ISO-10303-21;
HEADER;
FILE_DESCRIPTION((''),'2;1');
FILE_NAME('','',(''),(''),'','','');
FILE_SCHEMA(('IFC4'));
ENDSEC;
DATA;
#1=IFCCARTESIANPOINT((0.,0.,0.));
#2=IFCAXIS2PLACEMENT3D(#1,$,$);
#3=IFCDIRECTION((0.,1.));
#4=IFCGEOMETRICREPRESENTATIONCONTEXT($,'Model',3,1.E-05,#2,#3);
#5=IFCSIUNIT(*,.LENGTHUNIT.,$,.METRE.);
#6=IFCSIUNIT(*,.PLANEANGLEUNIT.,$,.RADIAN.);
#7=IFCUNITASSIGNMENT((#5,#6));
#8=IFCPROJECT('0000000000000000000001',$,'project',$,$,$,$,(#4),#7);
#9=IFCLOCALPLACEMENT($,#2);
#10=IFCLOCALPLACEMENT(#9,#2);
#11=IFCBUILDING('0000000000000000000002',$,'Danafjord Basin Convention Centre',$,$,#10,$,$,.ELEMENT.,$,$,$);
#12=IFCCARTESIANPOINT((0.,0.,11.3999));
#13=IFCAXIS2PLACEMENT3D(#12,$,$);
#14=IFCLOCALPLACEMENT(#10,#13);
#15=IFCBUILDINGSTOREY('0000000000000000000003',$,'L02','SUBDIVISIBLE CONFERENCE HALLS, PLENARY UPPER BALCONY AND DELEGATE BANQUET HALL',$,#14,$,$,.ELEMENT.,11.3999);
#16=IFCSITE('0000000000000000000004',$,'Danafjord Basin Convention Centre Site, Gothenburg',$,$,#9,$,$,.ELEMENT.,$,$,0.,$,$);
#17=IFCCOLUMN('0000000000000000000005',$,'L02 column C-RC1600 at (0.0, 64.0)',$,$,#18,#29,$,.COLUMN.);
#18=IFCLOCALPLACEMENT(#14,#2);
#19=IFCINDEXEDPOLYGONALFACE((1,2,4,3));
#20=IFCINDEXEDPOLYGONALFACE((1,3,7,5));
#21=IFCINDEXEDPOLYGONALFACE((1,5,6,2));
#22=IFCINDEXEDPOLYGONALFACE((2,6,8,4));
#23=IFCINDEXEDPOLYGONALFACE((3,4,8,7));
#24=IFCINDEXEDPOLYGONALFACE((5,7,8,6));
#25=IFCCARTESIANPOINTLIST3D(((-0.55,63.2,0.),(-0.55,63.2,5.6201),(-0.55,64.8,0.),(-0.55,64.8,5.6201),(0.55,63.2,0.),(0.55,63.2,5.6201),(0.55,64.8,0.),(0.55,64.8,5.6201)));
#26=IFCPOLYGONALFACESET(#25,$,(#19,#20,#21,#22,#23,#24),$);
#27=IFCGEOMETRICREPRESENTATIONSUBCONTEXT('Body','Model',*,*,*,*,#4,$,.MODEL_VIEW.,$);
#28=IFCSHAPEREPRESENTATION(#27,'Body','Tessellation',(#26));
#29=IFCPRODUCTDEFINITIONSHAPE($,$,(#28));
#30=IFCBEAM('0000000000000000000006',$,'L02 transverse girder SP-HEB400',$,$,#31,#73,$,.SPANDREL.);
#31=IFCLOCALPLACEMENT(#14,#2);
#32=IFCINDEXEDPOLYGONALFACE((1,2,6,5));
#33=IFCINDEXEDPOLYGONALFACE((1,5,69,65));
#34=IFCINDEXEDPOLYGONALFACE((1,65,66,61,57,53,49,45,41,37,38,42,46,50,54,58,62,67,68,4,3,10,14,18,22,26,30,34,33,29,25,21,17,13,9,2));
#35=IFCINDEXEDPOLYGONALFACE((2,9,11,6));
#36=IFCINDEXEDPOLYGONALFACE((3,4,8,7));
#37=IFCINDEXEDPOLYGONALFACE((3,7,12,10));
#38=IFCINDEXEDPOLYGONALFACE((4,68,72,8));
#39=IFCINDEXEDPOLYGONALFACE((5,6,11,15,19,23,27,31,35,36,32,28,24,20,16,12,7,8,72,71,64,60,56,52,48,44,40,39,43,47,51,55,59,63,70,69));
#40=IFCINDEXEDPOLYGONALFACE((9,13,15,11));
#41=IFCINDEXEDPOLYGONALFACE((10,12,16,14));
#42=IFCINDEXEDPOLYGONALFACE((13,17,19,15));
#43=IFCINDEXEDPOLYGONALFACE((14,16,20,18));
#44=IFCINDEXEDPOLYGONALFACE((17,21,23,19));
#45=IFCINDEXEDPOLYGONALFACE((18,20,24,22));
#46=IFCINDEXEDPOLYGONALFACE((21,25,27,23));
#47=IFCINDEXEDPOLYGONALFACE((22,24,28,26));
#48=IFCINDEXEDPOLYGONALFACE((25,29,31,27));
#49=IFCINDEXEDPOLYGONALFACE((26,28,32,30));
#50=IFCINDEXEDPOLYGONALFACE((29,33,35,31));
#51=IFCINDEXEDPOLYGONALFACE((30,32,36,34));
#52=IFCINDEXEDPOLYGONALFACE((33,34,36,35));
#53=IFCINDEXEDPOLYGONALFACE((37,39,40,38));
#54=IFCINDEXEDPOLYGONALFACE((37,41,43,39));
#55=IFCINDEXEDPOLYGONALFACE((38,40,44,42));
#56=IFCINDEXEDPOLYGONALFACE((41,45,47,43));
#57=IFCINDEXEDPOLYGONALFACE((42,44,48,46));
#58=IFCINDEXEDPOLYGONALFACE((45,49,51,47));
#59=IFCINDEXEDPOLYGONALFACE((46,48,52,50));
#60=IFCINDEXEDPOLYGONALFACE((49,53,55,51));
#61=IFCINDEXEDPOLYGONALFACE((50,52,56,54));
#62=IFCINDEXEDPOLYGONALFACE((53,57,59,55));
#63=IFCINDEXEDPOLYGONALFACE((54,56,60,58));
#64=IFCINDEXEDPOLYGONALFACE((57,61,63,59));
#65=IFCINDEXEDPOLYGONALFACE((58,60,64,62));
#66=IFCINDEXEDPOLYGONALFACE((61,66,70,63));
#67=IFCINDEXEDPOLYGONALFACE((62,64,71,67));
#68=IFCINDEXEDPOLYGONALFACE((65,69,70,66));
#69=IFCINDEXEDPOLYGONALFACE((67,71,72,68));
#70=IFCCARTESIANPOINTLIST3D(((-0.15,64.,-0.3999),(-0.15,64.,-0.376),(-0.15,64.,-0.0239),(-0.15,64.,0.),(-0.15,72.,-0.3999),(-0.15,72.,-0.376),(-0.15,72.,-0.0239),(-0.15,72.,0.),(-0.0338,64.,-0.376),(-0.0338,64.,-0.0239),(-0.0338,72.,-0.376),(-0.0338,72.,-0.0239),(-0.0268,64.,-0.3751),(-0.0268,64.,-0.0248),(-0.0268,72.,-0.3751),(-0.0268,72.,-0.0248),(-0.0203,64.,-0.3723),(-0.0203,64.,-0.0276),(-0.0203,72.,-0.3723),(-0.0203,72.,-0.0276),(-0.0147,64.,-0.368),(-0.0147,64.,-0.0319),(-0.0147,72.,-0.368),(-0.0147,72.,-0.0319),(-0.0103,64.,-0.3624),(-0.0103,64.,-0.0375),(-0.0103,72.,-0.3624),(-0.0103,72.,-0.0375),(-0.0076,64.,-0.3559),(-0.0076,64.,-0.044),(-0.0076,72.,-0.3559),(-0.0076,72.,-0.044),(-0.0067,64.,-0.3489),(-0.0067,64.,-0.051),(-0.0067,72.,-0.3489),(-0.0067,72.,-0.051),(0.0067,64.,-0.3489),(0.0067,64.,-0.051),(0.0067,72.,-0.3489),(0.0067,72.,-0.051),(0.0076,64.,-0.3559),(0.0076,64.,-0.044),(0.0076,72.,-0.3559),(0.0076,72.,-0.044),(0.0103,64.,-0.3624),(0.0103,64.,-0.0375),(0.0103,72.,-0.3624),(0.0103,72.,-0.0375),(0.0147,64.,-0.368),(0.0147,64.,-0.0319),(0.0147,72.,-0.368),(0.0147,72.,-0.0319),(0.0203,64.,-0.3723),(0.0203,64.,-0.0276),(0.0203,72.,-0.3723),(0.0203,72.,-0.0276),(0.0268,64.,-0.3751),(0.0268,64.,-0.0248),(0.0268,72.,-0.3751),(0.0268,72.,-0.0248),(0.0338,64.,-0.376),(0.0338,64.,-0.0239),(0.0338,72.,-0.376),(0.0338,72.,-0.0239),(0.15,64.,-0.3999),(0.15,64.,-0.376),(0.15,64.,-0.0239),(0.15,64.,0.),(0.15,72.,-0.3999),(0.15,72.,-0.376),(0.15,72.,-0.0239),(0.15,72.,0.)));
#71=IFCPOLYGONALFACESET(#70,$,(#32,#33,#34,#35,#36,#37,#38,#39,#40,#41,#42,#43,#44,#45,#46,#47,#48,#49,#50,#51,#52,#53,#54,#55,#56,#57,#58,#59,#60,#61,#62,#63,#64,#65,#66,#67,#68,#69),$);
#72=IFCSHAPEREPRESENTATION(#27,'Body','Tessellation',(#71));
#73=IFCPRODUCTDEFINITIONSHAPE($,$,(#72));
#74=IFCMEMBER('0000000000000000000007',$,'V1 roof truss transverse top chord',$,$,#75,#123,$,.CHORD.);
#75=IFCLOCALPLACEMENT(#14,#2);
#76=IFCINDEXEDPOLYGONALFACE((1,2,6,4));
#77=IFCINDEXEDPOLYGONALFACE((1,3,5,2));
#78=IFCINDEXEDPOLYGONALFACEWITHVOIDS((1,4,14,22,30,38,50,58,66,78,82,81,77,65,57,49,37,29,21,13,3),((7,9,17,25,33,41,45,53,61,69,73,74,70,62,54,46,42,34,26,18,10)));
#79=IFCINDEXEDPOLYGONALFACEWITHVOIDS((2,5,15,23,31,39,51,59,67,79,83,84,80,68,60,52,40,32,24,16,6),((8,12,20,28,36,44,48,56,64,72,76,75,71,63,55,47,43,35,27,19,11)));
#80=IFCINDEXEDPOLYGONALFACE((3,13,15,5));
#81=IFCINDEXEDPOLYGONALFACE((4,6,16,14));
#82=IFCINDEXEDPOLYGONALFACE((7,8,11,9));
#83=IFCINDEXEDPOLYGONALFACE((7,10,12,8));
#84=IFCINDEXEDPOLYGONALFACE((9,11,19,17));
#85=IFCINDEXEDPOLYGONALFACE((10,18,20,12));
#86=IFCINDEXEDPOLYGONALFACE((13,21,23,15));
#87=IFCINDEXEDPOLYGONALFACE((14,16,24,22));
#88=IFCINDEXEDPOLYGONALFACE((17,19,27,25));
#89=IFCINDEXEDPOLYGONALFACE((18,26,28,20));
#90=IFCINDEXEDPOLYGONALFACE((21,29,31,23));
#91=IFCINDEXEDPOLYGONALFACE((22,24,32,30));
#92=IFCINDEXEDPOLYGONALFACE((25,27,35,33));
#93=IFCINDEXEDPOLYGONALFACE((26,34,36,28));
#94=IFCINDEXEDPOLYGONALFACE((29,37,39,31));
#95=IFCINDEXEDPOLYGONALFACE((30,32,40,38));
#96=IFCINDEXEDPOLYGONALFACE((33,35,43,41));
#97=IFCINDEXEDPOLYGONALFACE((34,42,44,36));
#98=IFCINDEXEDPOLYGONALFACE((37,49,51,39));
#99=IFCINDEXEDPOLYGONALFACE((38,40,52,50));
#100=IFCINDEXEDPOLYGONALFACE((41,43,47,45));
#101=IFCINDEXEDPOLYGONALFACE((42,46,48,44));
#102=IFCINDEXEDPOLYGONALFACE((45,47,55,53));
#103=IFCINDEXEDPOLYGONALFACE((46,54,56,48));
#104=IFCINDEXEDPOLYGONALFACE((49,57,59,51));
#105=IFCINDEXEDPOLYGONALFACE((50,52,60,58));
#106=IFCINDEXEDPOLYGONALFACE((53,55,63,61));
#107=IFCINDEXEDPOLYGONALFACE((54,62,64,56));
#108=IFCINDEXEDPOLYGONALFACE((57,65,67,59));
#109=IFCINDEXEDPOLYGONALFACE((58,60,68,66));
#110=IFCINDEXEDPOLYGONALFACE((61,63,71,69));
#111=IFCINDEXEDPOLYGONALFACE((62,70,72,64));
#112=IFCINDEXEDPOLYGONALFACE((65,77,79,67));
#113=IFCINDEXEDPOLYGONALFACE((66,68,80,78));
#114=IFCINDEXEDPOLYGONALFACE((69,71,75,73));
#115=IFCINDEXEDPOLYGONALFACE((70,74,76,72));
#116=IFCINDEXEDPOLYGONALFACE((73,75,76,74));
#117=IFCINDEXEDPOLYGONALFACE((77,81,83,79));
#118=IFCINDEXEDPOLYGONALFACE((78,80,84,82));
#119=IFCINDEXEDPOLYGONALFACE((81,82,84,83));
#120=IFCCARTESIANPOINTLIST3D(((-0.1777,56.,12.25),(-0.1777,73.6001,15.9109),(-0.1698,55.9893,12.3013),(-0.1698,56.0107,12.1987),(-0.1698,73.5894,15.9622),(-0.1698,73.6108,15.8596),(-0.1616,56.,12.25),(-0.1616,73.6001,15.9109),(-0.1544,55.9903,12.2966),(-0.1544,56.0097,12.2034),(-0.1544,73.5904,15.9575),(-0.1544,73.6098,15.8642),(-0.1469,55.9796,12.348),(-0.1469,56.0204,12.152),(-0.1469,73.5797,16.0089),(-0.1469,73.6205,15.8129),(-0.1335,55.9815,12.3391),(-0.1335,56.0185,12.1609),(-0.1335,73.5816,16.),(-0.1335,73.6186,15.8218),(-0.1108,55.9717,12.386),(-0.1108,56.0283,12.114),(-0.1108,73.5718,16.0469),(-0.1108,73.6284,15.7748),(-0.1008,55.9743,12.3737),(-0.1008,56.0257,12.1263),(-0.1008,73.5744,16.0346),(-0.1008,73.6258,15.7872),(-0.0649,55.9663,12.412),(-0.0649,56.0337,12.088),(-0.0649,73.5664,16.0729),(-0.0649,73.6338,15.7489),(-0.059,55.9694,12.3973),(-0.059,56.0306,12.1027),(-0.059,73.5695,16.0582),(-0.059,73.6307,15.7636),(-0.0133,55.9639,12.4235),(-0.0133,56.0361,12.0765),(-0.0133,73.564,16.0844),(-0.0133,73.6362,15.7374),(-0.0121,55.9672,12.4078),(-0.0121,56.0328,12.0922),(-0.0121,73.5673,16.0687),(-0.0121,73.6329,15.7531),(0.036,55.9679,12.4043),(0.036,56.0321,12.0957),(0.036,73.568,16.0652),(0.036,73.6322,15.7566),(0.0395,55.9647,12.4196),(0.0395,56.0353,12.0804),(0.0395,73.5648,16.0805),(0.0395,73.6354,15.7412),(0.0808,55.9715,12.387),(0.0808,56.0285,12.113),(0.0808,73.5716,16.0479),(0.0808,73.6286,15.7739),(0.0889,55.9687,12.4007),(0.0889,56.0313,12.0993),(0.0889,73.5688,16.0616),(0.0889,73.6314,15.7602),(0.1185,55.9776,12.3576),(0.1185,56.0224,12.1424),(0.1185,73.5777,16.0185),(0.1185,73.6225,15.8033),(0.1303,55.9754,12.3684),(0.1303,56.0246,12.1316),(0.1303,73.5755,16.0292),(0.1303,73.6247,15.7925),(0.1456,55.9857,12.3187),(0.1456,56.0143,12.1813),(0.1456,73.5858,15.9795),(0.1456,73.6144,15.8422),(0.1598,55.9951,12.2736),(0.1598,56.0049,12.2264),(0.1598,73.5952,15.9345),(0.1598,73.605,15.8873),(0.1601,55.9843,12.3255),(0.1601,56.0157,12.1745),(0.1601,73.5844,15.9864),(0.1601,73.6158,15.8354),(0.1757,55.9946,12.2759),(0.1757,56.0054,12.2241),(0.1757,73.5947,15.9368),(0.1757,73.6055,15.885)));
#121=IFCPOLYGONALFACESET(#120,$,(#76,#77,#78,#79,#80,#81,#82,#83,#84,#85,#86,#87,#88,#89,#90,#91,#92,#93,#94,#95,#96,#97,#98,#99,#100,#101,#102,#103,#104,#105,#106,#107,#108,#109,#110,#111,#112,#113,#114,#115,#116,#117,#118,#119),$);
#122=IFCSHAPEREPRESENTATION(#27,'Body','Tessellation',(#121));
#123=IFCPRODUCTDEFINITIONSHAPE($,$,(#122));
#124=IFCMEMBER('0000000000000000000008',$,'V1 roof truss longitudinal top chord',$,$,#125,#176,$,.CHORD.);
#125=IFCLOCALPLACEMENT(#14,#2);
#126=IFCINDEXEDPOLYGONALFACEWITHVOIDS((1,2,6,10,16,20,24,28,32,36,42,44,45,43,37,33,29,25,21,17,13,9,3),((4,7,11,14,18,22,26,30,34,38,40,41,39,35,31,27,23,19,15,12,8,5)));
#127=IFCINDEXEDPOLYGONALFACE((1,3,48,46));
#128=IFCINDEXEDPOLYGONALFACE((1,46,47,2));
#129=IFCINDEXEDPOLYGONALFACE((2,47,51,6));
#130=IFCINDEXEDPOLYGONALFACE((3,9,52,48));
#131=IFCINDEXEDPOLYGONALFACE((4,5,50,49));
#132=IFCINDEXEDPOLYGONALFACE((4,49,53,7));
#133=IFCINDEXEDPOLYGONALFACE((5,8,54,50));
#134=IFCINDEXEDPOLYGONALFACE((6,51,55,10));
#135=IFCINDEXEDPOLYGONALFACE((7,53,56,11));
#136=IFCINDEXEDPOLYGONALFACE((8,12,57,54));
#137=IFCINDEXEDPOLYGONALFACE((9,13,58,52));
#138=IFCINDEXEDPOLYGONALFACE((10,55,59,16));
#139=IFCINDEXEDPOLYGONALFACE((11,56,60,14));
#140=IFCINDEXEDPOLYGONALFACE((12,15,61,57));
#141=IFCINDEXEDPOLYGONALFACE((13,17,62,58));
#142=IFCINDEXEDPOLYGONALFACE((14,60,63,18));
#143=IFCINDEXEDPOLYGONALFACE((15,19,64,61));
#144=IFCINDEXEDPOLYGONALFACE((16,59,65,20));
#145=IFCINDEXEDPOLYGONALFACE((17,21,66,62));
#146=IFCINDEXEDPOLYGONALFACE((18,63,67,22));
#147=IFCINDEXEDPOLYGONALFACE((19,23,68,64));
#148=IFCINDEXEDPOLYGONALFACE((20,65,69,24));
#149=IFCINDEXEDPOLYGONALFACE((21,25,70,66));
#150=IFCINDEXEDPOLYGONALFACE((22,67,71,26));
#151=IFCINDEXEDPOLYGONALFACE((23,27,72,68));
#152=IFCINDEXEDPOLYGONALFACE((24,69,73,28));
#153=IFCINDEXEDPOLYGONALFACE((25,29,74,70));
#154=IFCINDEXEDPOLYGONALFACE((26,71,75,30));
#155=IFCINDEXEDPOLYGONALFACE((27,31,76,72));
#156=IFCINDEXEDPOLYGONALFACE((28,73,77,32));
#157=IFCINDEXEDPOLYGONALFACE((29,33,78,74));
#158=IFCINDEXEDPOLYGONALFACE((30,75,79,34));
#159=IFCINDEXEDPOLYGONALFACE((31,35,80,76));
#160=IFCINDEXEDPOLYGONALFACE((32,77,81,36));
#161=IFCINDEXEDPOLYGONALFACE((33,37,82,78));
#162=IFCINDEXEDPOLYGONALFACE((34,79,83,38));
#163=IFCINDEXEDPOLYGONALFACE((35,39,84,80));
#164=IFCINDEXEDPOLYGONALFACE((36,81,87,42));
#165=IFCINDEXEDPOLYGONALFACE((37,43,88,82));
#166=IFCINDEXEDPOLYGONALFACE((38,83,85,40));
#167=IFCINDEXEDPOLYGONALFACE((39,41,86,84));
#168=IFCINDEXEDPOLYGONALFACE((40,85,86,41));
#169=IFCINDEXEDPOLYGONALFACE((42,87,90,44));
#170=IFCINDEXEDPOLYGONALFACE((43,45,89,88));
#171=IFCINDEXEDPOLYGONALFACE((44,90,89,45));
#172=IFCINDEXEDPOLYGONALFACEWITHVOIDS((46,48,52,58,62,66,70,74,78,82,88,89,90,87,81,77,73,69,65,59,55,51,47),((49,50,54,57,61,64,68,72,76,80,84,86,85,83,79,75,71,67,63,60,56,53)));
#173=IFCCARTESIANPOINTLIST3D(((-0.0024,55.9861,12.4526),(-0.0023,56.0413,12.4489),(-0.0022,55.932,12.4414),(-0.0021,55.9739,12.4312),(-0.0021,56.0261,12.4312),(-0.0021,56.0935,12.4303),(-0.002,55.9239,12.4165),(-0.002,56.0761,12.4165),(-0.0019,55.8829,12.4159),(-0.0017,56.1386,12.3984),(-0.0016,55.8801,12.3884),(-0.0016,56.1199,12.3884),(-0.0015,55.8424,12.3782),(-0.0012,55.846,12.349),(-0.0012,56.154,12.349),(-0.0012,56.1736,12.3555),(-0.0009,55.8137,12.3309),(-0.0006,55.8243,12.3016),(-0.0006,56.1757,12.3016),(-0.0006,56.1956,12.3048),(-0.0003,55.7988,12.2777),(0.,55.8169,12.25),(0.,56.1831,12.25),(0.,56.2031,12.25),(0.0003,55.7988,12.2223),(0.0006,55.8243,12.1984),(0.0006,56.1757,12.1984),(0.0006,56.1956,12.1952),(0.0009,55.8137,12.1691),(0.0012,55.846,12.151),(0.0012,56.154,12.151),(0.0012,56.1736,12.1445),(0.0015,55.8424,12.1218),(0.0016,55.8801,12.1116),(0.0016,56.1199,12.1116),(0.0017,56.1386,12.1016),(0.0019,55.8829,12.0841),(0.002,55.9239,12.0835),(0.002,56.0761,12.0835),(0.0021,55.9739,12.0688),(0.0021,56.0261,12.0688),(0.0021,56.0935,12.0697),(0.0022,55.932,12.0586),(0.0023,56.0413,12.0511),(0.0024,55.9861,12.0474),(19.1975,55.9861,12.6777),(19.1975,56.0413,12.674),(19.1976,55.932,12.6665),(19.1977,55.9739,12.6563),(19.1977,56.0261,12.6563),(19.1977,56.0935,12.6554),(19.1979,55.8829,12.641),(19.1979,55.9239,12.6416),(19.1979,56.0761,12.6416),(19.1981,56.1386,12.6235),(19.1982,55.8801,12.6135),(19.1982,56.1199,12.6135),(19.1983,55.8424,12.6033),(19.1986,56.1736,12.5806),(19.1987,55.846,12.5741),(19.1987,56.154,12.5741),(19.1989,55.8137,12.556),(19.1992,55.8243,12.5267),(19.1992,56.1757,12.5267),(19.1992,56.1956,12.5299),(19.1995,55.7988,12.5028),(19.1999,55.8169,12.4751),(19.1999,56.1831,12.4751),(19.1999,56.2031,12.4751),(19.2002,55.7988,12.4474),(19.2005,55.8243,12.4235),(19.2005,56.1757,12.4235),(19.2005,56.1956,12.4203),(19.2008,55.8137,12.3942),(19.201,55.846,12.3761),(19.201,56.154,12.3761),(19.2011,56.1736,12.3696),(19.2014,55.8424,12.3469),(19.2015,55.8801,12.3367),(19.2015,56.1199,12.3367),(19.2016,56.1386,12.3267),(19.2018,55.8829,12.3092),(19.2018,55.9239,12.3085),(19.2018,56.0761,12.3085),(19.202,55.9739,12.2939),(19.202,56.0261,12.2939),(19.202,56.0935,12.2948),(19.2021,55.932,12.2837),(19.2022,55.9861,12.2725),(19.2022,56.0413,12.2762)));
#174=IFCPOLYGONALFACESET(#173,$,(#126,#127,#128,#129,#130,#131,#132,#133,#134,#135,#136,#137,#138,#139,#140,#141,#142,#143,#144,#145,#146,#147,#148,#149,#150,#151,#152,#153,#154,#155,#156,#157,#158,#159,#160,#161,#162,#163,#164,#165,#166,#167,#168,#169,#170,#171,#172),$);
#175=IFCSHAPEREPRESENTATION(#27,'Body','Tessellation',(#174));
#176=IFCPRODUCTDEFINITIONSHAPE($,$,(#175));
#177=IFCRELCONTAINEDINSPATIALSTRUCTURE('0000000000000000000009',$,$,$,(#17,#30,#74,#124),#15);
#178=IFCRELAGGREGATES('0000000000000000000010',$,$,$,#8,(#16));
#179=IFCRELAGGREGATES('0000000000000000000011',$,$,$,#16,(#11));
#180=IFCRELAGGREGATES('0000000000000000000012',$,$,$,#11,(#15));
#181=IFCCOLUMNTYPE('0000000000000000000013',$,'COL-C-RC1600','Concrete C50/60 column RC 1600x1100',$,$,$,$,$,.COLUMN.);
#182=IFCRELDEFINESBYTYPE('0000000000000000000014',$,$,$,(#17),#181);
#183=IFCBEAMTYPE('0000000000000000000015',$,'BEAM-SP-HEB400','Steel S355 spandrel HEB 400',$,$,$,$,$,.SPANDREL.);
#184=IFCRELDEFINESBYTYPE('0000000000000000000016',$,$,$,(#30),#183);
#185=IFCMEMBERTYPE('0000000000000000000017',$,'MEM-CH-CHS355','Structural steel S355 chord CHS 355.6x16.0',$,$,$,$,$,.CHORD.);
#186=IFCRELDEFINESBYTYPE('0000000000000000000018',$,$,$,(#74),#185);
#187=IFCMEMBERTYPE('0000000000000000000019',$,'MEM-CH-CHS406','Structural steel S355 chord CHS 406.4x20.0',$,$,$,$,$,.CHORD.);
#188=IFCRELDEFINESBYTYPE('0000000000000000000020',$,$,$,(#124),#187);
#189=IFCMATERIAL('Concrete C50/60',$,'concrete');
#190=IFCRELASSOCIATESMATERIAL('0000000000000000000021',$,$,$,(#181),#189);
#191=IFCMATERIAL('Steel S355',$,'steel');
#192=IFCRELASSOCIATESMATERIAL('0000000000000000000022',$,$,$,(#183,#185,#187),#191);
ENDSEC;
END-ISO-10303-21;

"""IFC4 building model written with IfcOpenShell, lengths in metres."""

from ifc_helpers import new_model, si_unit, direction, frame, origin, origin_2d, place, context, subcontext, project, spatial, rectangle, hollow_circle, i_section, extrude, material, material_profile, profile_set, type_object, element, save


model = new_model("IFC4")

# Units and contexts
model_context = context("Model", 3, precision=1e-05, world=origin(), true_north=direction((0.0, 1.0)))
body_context = subcontext(model_context, "Body", "Model", "MODEL_VIEW")
ifc_project = project(units=[si_unit("LENGTHUNIT", "METRE"), si_unit("PLANEANGLEUNIT", "RADIAN")], contexts=[model_context])

# Site, building, storey
site_placement = place(None, origin())
site = spatial("IfcSite", under=ifc_project, at=site_placement, Name="Danafjord Basin Convention Centre Site, Gothenburg", CompositionType="ELEMENT", RefElevation=0.0)
building_placement = place(site_placement, origin())
building = spatial("IfcBuilding", under=site, at=building_placement, Name="Danafjord Basin Convention Centre", CompositionType="ELEMENT")
storey_placement = place(building_placement, frame((0.0, 0.0, 11.3999)))
storey = spatial("IfcBuildingStorey", under=building, at=storey_placement, Name="L02", Description="SUBDIVISIBLE CONFERENCE HALLS, PLENARY UPPER BALCONY AND DELEGATE BANQUET HALL", CompositionType="ELEMENT", Elevation=11.3999)

# Column
ifc_material_1 = material(Name="Concrete C50/60", Category="concrete")
ifc_material_profile_1 = material_profile(ifc_material_1, rectangle(XDim=1.1001, YDim=1.6001, at=origin_2d()), Name="RC 1600x1100")
ifc_profile_set_1 = profile_set([ifc_material_profile_1], Name="Concrete C50/60")
column_type = type_object("IfcColumnType", Name="COL-C-RC1600", Description="Concrete C50/60 column RC 1600x1100", PredefinedType="COLUMN", material=ifc_profile_set_1)
column_placement = place(storey_placement, frame((0.0, 64.0, 0.0), z_axis=(0.0, 0.0, 1.0), x_axis=(1.0, 0.0, 0.0)))
element("IfcColumn", 1, at=column_placement, inside=storey, type_object=column_type, Name="L02 column C-RC1600 at (0.0, 64.0)", PredefinedType="COLUMN", context=body_context, shape_type="SweptSolid", body=[
    extrude(rectangle(XDim=1.1001, YDim=1.6001, at=origin_2d()), origin(), (0.0, 0.0, 1.0), 5.6201),
])

# Beam
ifc_material_2 = material(Name="Steel S355", Category="steel")
ifc_material_profile_2 = material_profile(ifc_material_2, i_section(OverallWidth=0.3, OverallDepth=0.3999, WebThickness=0.0134, FlangeThickness=0.0239, FilletRadius=0.0271, at=origin_2d()), Name="HEB 400")
ifc_profile_set_2 = profile_set([ifc_material_profile_2], Name="Steel S355")
beam_type = type_object("IfcBeamType", Name="BEAM-SP-HEB400", Description="Steel S355 spandrel HEB 400", PredefinedType="SPANDREL", material=ifc_profile_set_2)
beam_placement = place(storey_placement, frame((0.0, 64.0, -0.2), z_axis=(0.0, 1.0, 0.0), x_axis=(-1.0, 0.0, 0.0)))
element("IfcBeam", 2, at=beam_placement, inside=storey, type_object=beam_type, Name="L02 transverse girder SP-HEB400", PredefinedType="SPANDREL", context=body_context, shape_type="SweptSolid", body=[
    extrude(i_section(OverallWidth=0.3, OverallDepth=0.3999, WebThickness=0.0134, FlangeThickness=0.0239, FilletRadius=0.0271, at=origin_2d()), origin(), (0.0, 0.0, 1.0), 8.0),
])

# Members
ifc_material_profile_3 = material_profile(ifc_material_2, hollow_circle(Radius=0.1777, WallThickness=0.0161, at=origin_2d()), Name="CHS 355.6x16.0")
ifc_profile_set_3 = profile_set([ifc_material_profile_3], Name="Steel S355")
member_type_1 = type_object("IfcMemberType", Name="MEM-CH-CHS355", Description="Structural steel S355 chord CHS 355.6x16.0", PredefinedType="CHORD", material=ifc_profile_set_3)
member_1_placement = place(storey_placement, frame((0.0, 56.0, 12.25), z_axis=(0.0, 0.979045, 0.203645), x_axis=(-1.0, 0.0, 0.0)))
element("IfcMember", 3, at=member_1_placement, inside=storey, type_object=member_type_1, Name="V1 roof truss transverse top chord", PredefinedType="CHORD", context=body_context, shape_type="SweptSolid", body=[
    extrude(hollow_circle(Radius=0.1777, WallThickness=0.0161, at=origin_2d()), origin(), (0.0, 0.0, 1.0), 17.9768),
])
ifc_material_profile_4 = material_profile(ifc_material_2, hollow_circle(Radius=0.2031, WallThickness=0.02, at=origin_2d()), Name="CHS 406.4x20.0")
ifc_profile_set_4 = profile_set([ifc_material_profile_4], Name="Steel S355")
member_type_2 = type_object("IfcMemberType", Name="MEM-CH-CHS406", Description="Structural steel S355 chord CHS 406.4x20.0", PredefinedType="CHORD", material=ifc_profile_set_4)
member_2_placement = place(storey_placement, frame((0.0, 56.0, 12.25), z_axis=(0.999931, 0.0, 0.011723), x_axis=(0.0, 1.0, 0.0)))
element("IfcMember", 4, at=member_2_placement, inside=storey, type_object=member_type_2, Name="V1 roof truss longitudinal top chord", PredefinedType="CHORD", context=body_context, shape_type="SweptSolid", body=[
    extrude(hollow_circle(Radius=0.2031, WallThickness=0.02, at=origin_2d()), origin(), (0.0, 0.0, 1.0), 19.2012),
])

save(model, "model.ifc")
